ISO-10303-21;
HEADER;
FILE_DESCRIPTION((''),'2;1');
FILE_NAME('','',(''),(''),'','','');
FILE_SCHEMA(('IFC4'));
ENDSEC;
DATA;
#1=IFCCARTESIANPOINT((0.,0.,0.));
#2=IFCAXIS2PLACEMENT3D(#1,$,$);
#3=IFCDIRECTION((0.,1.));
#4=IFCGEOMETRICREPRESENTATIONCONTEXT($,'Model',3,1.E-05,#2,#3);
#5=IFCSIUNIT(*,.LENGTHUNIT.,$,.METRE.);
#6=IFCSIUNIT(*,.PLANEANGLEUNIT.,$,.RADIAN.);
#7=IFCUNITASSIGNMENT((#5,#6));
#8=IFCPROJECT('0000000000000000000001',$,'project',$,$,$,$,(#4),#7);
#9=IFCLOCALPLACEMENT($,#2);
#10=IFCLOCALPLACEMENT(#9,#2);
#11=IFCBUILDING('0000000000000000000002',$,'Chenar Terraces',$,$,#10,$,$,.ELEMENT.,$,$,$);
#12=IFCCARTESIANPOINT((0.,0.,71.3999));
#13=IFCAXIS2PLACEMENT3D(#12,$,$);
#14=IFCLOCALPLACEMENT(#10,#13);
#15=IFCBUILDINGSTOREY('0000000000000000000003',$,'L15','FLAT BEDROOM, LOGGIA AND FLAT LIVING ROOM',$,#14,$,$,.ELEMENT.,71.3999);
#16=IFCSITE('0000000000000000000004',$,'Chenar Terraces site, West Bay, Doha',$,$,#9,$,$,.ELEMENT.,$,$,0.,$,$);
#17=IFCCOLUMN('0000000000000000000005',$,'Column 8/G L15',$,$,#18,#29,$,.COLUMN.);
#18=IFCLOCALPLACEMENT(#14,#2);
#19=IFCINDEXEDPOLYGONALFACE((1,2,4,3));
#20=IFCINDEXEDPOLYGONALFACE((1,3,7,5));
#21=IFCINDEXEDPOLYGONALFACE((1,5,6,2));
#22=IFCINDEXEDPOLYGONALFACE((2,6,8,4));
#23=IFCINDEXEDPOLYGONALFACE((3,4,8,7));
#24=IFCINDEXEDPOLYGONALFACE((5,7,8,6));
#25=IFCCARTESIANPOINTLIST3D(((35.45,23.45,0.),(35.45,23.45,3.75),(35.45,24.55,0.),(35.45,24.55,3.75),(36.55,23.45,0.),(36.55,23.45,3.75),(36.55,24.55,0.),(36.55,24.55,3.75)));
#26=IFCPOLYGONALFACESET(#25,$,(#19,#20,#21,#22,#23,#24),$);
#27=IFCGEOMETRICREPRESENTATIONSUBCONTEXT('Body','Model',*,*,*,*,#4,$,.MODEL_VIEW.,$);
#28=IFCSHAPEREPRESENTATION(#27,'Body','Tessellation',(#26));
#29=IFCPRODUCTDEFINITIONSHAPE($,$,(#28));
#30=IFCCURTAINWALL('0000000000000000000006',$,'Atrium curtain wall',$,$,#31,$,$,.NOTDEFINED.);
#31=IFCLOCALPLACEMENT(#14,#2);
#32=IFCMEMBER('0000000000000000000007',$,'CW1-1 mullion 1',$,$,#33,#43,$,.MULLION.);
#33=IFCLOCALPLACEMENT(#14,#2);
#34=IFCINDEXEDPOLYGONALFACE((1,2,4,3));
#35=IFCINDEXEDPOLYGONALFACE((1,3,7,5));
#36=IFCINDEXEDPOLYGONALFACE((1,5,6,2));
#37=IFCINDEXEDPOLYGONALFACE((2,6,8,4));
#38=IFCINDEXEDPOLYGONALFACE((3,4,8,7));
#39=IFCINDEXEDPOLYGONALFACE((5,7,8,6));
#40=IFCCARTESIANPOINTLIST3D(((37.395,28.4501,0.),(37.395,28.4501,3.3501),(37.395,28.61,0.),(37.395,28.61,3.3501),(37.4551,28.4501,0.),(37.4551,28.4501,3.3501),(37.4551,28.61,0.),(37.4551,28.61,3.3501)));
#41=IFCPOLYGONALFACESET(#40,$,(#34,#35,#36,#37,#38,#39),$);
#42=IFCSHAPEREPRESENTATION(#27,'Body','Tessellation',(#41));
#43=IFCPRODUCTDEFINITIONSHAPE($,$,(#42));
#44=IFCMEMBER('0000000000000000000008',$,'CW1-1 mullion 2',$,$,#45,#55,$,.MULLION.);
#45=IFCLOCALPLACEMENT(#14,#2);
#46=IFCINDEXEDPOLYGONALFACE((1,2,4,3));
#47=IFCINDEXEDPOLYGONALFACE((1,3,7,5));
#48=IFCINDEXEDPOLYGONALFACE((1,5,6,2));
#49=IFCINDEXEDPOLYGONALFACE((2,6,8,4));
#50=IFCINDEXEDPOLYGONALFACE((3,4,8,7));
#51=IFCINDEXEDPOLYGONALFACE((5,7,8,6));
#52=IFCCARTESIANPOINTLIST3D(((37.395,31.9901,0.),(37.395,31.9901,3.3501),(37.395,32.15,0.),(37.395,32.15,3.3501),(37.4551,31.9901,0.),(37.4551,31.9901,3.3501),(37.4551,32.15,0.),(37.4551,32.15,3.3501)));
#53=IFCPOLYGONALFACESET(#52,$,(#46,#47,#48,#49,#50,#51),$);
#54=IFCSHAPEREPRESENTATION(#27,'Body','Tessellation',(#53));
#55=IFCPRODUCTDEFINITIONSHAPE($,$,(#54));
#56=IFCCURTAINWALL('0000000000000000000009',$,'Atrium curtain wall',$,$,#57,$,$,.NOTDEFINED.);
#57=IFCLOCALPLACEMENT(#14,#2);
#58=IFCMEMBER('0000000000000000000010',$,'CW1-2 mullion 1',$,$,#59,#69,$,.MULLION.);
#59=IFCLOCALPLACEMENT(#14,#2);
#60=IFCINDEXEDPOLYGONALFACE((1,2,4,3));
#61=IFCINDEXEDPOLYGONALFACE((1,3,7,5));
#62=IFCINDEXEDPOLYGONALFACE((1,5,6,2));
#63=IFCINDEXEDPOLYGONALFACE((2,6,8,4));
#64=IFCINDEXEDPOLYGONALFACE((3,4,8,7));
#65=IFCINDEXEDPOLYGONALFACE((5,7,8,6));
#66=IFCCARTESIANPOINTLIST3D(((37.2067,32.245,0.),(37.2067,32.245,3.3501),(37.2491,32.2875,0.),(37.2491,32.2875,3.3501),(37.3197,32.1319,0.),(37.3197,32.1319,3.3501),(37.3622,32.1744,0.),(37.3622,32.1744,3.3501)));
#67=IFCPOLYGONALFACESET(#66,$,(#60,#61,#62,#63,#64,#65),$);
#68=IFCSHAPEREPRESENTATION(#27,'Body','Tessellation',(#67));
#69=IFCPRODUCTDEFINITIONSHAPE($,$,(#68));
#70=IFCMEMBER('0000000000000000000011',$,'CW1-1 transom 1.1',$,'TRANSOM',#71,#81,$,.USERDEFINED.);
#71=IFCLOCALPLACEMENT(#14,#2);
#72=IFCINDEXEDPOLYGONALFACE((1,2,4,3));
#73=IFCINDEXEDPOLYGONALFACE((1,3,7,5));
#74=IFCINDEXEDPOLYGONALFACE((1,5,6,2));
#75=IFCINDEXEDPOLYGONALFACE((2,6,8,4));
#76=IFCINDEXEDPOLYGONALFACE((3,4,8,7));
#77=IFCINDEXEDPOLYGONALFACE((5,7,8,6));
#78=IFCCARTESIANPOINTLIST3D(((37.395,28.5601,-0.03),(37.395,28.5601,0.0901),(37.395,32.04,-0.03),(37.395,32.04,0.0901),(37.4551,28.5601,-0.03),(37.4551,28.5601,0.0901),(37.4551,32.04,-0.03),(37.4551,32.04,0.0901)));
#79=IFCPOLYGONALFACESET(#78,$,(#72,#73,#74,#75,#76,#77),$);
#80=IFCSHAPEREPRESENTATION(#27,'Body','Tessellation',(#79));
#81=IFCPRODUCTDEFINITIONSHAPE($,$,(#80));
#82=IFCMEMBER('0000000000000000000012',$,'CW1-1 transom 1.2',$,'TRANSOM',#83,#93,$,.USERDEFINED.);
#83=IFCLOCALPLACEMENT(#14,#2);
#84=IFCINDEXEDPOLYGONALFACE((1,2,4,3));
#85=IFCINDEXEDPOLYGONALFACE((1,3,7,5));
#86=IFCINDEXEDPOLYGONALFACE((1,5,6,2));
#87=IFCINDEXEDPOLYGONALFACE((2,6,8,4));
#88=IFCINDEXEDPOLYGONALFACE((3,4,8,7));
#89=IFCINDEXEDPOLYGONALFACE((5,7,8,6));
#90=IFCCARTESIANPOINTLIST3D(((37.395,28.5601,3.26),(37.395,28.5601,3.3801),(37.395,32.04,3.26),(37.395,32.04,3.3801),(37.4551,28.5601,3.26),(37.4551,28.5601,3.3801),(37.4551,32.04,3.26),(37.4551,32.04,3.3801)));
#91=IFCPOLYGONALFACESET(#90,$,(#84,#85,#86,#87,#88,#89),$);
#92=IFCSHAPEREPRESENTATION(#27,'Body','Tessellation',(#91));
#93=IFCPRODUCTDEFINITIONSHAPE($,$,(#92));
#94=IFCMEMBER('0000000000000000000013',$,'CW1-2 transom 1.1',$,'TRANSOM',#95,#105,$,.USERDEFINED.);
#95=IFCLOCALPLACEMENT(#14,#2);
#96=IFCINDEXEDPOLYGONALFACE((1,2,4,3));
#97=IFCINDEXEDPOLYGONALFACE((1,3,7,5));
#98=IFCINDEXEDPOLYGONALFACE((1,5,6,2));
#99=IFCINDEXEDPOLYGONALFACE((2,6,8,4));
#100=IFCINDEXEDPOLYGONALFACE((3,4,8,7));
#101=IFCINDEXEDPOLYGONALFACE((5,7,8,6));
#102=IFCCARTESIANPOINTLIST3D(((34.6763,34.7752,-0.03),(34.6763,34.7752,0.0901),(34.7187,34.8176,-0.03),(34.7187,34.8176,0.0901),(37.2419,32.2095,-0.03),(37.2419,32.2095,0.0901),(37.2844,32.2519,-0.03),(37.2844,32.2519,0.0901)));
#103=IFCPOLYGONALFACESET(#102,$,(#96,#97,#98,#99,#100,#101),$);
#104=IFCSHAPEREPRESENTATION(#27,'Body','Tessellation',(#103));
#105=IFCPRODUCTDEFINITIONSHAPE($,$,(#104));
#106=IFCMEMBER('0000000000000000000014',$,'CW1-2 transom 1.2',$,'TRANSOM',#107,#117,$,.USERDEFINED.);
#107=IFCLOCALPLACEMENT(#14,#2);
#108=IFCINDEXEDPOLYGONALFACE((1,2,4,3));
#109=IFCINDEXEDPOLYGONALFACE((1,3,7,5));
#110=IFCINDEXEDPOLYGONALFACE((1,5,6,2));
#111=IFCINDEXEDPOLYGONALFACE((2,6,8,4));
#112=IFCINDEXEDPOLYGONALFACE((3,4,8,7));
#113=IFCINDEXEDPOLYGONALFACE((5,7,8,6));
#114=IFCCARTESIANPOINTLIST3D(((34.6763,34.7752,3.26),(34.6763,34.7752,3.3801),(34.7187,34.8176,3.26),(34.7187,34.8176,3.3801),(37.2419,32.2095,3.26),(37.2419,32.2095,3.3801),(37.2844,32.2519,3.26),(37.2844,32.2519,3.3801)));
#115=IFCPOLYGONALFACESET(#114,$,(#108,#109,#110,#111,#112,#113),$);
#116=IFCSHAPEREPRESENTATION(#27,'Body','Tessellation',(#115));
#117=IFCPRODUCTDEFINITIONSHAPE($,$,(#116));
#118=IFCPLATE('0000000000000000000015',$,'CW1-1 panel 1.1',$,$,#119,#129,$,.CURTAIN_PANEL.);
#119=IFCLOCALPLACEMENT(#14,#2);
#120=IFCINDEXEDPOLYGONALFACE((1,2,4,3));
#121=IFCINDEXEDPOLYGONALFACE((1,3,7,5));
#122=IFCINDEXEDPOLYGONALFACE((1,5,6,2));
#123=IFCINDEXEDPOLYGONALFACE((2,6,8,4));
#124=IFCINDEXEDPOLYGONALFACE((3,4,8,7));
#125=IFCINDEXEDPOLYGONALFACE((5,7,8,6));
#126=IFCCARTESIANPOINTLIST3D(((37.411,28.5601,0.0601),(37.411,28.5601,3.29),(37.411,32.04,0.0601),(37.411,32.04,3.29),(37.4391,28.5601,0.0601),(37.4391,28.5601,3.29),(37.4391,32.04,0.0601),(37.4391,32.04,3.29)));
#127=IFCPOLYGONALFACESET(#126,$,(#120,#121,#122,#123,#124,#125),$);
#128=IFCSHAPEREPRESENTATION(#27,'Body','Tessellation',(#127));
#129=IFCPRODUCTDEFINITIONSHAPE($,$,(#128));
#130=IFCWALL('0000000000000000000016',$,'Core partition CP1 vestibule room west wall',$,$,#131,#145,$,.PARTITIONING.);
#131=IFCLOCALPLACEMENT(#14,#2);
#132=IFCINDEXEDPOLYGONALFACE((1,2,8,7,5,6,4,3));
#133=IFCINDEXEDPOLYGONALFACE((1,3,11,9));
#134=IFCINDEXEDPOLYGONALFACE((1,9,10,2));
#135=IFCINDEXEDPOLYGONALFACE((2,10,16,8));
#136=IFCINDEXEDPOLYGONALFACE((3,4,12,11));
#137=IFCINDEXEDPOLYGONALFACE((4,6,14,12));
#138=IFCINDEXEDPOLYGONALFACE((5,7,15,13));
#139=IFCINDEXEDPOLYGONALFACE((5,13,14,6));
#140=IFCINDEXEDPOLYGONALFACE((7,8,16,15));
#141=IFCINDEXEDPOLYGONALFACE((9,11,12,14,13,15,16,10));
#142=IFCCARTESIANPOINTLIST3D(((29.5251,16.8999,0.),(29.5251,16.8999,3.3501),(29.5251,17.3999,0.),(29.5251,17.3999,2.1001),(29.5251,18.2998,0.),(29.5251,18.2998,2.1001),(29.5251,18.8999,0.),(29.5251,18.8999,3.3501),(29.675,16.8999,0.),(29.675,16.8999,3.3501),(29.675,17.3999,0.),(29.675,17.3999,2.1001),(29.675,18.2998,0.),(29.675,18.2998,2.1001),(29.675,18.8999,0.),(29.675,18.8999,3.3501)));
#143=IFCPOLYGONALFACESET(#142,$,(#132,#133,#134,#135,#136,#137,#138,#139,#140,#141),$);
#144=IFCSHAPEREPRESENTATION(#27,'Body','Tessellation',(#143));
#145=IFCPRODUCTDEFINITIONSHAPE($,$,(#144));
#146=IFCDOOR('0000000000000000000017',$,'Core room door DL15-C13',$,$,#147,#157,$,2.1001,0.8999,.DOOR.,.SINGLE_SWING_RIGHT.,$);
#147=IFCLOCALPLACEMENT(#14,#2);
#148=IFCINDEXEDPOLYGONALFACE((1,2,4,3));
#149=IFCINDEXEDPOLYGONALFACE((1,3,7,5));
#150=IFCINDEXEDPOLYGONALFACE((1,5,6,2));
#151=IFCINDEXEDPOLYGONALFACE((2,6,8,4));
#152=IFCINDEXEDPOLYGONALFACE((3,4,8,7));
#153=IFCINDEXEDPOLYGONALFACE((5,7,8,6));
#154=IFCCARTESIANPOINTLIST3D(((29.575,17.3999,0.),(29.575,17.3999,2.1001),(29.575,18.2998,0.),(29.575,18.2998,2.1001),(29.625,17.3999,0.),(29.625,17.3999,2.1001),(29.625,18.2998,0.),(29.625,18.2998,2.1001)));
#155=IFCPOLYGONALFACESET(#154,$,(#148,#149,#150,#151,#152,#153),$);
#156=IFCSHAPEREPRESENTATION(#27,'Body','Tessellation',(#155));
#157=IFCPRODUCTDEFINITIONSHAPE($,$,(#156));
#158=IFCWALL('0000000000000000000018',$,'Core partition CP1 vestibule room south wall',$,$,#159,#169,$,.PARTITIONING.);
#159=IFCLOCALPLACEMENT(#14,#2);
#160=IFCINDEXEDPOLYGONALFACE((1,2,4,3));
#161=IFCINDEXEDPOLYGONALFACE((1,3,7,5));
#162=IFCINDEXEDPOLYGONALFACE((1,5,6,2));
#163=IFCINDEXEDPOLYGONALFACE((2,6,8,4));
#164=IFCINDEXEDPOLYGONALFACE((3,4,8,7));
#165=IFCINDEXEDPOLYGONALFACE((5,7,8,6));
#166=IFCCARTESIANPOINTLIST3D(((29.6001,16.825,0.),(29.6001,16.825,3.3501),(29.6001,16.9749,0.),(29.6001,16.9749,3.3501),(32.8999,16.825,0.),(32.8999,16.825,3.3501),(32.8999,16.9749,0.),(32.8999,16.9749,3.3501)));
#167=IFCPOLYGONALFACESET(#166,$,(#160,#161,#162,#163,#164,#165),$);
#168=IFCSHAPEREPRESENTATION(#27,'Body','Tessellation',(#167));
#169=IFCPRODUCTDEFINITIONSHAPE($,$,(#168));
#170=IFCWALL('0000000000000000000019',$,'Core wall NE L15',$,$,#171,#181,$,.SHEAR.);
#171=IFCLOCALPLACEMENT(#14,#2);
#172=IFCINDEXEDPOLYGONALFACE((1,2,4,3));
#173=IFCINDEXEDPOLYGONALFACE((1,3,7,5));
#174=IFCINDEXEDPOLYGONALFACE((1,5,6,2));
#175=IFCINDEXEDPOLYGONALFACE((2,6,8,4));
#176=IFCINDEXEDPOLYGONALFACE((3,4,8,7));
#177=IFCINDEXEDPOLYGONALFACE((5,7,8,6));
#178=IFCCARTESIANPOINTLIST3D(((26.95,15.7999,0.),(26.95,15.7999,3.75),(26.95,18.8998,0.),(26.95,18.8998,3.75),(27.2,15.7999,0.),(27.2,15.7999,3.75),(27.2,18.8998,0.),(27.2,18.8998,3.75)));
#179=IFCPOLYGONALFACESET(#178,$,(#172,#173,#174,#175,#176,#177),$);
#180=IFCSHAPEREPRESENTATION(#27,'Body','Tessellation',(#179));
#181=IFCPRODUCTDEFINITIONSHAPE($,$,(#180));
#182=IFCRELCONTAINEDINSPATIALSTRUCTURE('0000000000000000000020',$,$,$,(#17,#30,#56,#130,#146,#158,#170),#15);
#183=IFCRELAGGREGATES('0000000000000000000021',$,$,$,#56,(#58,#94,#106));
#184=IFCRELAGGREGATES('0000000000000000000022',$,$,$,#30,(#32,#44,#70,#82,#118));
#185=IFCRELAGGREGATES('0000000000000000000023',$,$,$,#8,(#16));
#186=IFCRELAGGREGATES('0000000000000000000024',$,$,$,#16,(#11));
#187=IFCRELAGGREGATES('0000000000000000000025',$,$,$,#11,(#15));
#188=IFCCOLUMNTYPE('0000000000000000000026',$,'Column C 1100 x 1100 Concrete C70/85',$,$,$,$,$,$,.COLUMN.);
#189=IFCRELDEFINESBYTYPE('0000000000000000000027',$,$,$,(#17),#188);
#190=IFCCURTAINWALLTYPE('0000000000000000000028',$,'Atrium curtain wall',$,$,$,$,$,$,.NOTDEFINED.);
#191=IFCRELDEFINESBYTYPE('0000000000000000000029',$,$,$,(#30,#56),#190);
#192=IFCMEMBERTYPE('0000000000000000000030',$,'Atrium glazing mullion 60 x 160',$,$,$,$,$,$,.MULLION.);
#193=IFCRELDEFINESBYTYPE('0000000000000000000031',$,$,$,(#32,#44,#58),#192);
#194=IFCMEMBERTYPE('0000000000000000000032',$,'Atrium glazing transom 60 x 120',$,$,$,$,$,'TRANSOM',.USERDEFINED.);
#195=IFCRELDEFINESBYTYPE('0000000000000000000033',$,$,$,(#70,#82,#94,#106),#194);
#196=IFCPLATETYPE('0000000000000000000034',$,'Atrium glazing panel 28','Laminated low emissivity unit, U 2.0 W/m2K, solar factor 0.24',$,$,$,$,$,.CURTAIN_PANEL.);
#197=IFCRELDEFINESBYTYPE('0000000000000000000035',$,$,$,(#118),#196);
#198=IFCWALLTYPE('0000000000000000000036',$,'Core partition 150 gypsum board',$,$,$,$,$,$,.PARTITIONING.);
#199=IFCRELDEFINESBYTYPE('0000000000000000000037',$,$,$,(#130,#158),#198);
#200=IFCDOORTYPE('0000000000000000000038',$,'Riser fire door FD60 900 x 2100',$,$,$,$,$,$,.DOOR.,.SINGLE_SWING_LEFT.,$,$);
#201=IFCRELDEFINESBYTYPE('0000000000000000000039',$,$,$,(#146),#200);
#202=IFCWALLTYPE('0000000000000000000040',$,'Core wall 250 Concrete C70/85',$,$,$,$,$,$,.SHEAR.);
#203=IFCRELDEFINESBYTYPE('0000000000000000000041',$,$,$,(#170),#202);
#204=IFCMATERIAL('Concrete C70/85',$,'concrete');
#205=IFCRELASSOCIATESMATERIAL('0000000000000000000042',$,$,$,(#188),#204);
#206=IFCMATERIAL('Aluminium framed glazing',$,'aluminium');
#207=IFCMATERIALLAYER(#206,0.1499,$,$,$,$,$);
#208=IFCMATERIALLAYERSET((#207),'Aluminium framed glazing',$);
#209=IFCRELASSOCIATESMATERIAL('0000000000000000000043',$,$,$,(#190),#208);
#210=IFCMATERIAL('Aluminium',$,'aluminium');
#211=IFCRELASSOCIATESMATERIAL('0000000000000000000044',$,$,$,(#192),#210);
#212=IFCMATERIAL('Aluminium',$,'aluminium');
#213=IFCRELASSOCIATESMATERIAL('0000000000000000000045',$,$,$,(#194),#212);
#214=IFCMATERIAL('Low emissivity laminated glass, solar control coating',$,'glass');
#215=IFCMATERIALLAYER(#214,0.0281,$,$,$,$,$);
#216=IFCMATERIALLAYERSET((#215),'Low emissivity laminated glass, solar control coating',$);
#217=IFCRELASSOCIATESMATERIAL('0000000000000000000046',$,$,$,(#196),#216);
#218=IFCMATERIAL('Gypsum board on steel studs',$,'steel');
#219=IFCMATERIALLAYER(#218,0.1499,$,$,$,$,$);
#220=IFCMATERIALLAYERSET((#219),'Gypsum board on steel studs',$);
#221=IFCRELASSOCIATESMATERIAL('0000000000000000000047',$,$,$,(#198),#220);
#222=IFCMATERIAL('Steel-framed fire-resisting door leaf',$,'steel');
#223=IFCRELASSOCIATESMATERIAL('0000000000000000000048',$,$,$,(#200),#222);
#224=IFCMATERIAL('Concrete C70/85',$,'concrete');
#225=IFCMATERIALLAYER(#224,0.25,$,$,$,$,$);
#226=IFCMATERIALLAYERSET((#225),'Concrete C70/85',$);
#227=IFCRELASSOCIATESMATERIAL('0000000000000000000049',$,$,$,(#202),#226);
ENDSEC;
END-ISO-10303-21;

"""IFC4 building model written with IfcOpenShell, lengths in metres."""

from ifc_helpers import new_model, si_unit, direction, frame, frame_2d, origin, origin_2d, place, context, subcontext, project, spatial, rectangle, extrude, material, layer, layer_set, material_profile, profile_set, type_object, element, fill, aggregate, save


model = new_model("IFC4")

# Units and contexts
model_context = context("Model", 3, precision=1e-05, world=origin(), true_north=direction((0.0, 1.0)))
body_context = subcontext(model_context, "Body", "Model", "MODEL_VIEW")
ifc_project = project(units=[si_unit("LENGTHUNIT", "METRE"), si_unit("PLANEANGLEUNIT", "RADIAN")], contexts=[model_context])

# Site, building, storey
site_placement = place(None, origin())
site = spatial("IfcSite", under=ifc_project, at=site_placement, Name="Chenar Terraces site, West Bay, Doha", CompositionType="ELEMENT", RefElevation=0.0)
building_placement = place(site_placement, origin())
building = spatial("IfcBuilding", under=site, at=building_placement, Name="Chenar Terraces", CompositionType="ELEMENT")
storey_placement = place(building_placement, frame((0.0, 0.0, 71.3999)))
storey = spatial("IfcBuildingStorey", under=building, at=storey_placement, Name="L15", Description="FLAT BEDROOM, LOGGIA AND FLAT LIVING ROOM", CompositionType="ELEMENT", Elevation=71.3999)

# Column
ifc_material_1 = material(Name="Concrete C70/85", Category="concrete")
ifc_material_profile_1 = material_profile(ifc_material_1, rectangle(XDim=1.1001, YDim=1.1001, at=origin_2d()), Name="C 1100 x 1100")
ifc_profile_set_1 = profile_set([ifc_material_profile_1], Name="Concrete C70/85")
column_type = type_object("IfcColumnType", Name="Column C 1100 x 1100 Concrete C70/85", PredefinedType="COLUMN", material=ifc_profile_set_1)
column_placement = place(storey_placement, frame((36.0, 24.0, 0.0), z_axis=(0.0, 0.0, 1.0), x_axis=(1.0, 0.0, 0.0)))
element("IfcColumn", 1, at=column_placement, inside=storey, type_object=column_type, Name="Column 8/G L15", PredefinedType="COLUMN", context=body_context, shape_type="SweptSolid", body=[
    extrude(rectangle(XDim=1.1001, YDim=1.1001, at=origin_2d()), origin(), (0.0, 0.0, 1.0), 3.75),
])

# Curtain wall, members
ifc_material_2 = material(Name="Aluminium framed glazing", Category="aluminium")
ifc_layer_1 = layer(ifc_material_2, 0.1499)
ifc_layer_set_1 = layer_set([ifc_layer_1], Name="Aluminium framed glazing")
curtain_wall_type = type_object("IfcCurtainWallType", Name="Atrium curtain wall", PredefinedType="NOTDEFINED", material=ifc_layer_set_1)
placement = place(storey_placement, origin())
curtain_wall_1 = element("IfcCurtainWall", 2, at=placement, inside=storey, type_object=curtain_wall_type, Name="Atrium curtain wall", PredefinedType="NOTDEFINED")
ifc_material_3 = material(Name="Aluminium", Category="aluminium")
ifc_material_profile_2 = material_profile(ifc_material_3, rectangle(XDim=0.0601, YDim=0.1599, at=origin_2d()), Name="Atrium glazing mullion 60 x 160")
ifc_profile_set_2 = profile_set([ifc_material_profile_2], Name="Aluminium")
member_type_1 = type_object("IfcMemberType", Name="Atrium glazing mullion 60 x 160", PredefinedType="MULLION", material=ifc_profile_set_2)
member_1_placement = place(storey_placement, frame((37.425, 28.53, 0.0), z_axis=(0.0, 0.0, 1.0), x_axis=(-1.0, 0.0, 0.0)))
member_1 = element("IfcMember", 3, at=member_1_placement, type_object=member_type_1, Name="CW1-1 mullion 1", PredefinedType="MULLION", context=body_context, shape_type="SweptSolid", body=[
    extrude(rectangle(XDim=0.0601, YDim=0.1599, at=origin_2d()), origin(), (0.0, 0.0, 1.0), 3.3501),
])
member_2_placement = place(storey_placement, frame((37.425, 32.0701, 0.0), z_axis=(0.0, 0.0, 1.0), x_axis=(-1.0, 0.0, 0.0)))
member_2 = element("IfcMember", 4, at=member_2_placement, type_object=member_type_1, Name="CW1-1 mullion 2", PredefinedType="MULLION", context=body_context, shape_type="SweptSolid", body=[
    extrude(rectangle(XDim=0.0601, YDim=0.1599, at=origin_2d()), origin(), (0.0, 0.0, 1.0), 3.3501),
])

# Curtain wall, member
curtain_wall_2 = element("IfcCurtainWall", 5, at=placement, inside=storey, type_object=curtain_wall_type, Name="Atrium curtain wall", PredefinedType="NOTDEFINED")
member_3_placement = place(storey_placement, frame((37.2844, 32.2097, 0.0), z_axis=(0.0, 0.0, 1.0), x_axis=(-0.707107, -0.707107, 0.0)))
member_3 = element("IfcMember", 6, at=member_3_placement, type_object=member_type_1, Name="CW1-2 mullion 1", PredefinedType="MULLION", context=body_context, shape_type="SweptSolid", body=[
    extrude(rectangle(XDim=0.0601, YDim=0.1599, at=origin_2d()), origin(), (0.0, 0.0, 1.0), 3.3501),
])

# Members
ifc_material_4 = material(Name="Aluminium", Category="aluminium")
ifc_material_profile_3 = material_profile(ifc_material_4, rectangle(XDim=0.0601, YDim=0.1201, at=origin_2d()), Name="Atrium glazing transom 60 x 120")
ifc_profile_set_3 = profile_set([ifc_material_profile_3], Name="Aluminium")
member_type_2 = type_object("IfcMemberType", Name="Atrium glazing transom 60 x 120", ElementType="TRANSOM", PredefinedType="USERDEFINED", material=ifc_profile_set_3)
member_4_placement = place(storey_placement, frame((37.425, 28.5601, 0.03), z_axis=(0.0, 1.0, 0.0), x_axis=(-1.0, 0.0, 0.0)))
member_4 = element("IfcMember", 7, at=member_4_placement, type_object=member_type_2, Name="CW1-1 transom 1.1", ObjectType="TRANSOM", PredefinedType="USERDEFINED", context=body_context, shape_type="SweptSolid", body=[
    extrude(rectangle(XDim=0.0601, YDim=0.1201, at=origin_2d()), origin(), (0.0, 0.0, 1.0), 3.48),
])
member_5_placement = place(storey_placement, frame((37.425, 28.5601, 3.3201), z_axis=(0.0, 1.0, 0.0), x_axis=(-1.0, 0.0, 0.0)))
member_5 = element("IfcMember", 8, at=member_5_placement, type_object=member_type_2, Name="CW1-1 transom 1.2", ObjectType="TRANSOM", PredefinedType="USERDEFINED", context=body_context, shape_type="SweptSolid", body=[
    extrude(rectangle(XDim=0.0601, YDim=0.1201, at=origin_2d()), origin(), (0.0, 0.0, 1.0), 3.48),
])
member_6_placement = place(storey_placement, frame((37.2632, 32.2307, 0.03), z_axis=(-0.707107, 0.707107, 0.0), x_axis=(-0.707107, -0.707107, 0.0)))
member_6 = element("IfcMember", 9, at=member_6_placement, type_object=member_type_2, Name="CW1-2 transom 1.1", ObjectType="TRANSOM", PredefinedType="USERDEFINED", context=body_context, shape_type="SweptSolid", body=[
    extrude(rectangle(XDim=0.0601, YDim=0.1201, at=origin_2d()), origin(), (0.0, 0.0, 1.0), 3.6284),
])
member_7_placement = place(storey_placement, frame((37.2632, 32.2307, 3.3201), z_axis=(-0.707107, 0.707107, 0.0), x_axis=(-0.707107, -0.707107, 0.0)))
member_7 = element("IfcMember", 10, at=member_7_placement, type_object=member_type_2, Name="CW1-2 transom 1.2", ObjectType="TRANSOM", PredefinedType="USERDEFINED", context=body_context, shape_type="SweptSolid", body=[
    extrude(rectangle(XDim=0.0601, YDim=0.1201, at=origin_2d()), origin(), (0.0, 0.0, 1.0), 3.6284),
])
aggregate(curtain_wall_2, [member_3, member_6, member_7])

# Plate
ifc_material_5 = material(Name="Low emissivity laminated glass, solar control coating", Category="glass")
ifc_layer_2 = layer(ifc_material_5, 0.0281)
ifc_layer_set_2 = layer_set([ifc_layer_2], Name="Low emissivity laminated glass, solar control coating")
plate_type = type_object("IfcPlateType", Name="Atrium glazing panel 28", Description="Laminated low emissivity unit, U 2.0 W/m2K, solar factor 0.24", PredefinedType="CURTAIN_PANEL", material=ifc_layer_set_2)
plate_placement = place(storey_placement, frame((37.425, 30.3, 0.0601), z_axis=(0.0, 0.0, 1.0), x_axis=(0.0, 1.0, 0.0)))
plate = element("IfcPlate", 11, at=plate_placement, type_object=plate_type, Name="CW1-1 panel 1.1", PredefinedType="CURTAIN_PANEL", context=body_context, shape_type="SweptSolid", body=[
    extrude(rectangle(XDim=3.48, YDim=0.0281, at=origin_2d()), origin(), (0.0, 0.0, 1.0), 3.23),
])
aggregate(curtain_wall_1, [member_1, member_2, member_4, member_5, plate])

# Wall, opening, door
ifc_material_6 = material(Name="Gypsum board on steel studs", Category="steel")
ifc_layer_3 = layer(ifc_material_6, 0.1499)
ifc_layer_set_3 = layer_set([ifc_layer_3], Name="Gypsum board on steel studs")
wall_type_1 = type_object("IfcWallType", Name="Core partition 150 gypsum board", PredefinedType="PARTITIONING", material=ifc_layer_set_3)
wall_1_placement = place(storey_placement, frame((29.6001, 16.8999, 0.0), z_axis=(0.0, 0.0, 1.0), x_axis=(0.0, 1.0, 0.0)))
wall_1 = element("IfcWall", 12, at=wall_1_placement, inside=storey, type_object=wall_type_1, Name="Core partition CP1 vestibule room west wall", PredefinedType="PARTITIONING", context=body_context, shape_type="SweptSolid", body=[
    extrude(rectangle(XDim=2.0, YDim=0.1499, at=frame_2d((1.0, 0.0))), origin(), (0.0, 0.0, 1.0), 3.3501),
])
opening_1_placement = place(wall_1_placement, frame((0.5, 0.0, 0.0)))
opening_1 = element("IfcOpeningElement", 13, at=opening_1_placement, cuts=wall_1, PredefinedType="OPENING", context=body_context, shape_type="SweptSolid", body=[
    extrude(rectangle(XDim=0.8999, YDim=2.1001, at=frame_2d((0.45, 1.05))), frame((0.0, 0.085, 0.0), z_axis=(0.0, -1.0, 0.0), x_axis=(1.0, 0.0, 0.0)), (0.0, 0.0, 1.0), 0.1699),
])
ifc_material_7 = material(Name="Steel-framed fire-resisting door leaf", Category="steel")
door_type = type_object("IfcDoorType", Name="Riser fire door FD60 900 x 2100", OperationType="SINGLE_SWING_LEFT", PredefinedType="DOOR", material=ifc_material_7)
door_placement = place(opening_1_placement, frame((0.8999, 0.0, 0.0), z_axis=(0.0, 0.0, 1.0), x_axis=(-1.0, 0.0, 0.0)))
door = element("IfcDoor", 14, at=door_placement, inside=storey, type_object=door_type, Name="Core room door DL15-C13", OperationType="SINGLE_SWING_RIGHT", OverallHeight=2.1001, OverallWidth=0.8999, PredefinedType="DOOR", context=body_context, shape_type="SweptSolid", body=[
    extrude(rectangle(XDim=0.8999, YDim=2.1001, at=frame_2d((0.45, 1.05))), frame((0.0, 0.0249, 0.0), z_axis=(0.0, -1.0, 0.0), x_axis=(1.0, 0.0, 0.0)), (0.0, 0.0, 1.0), 0.05),
])
fill(opening_1, door)

# Walls
wall_2_placement = place(storey_placement, frame((29.6001, 16.8999, 0.0), z_axis=(0.0, 0.0, 1.0), x_axis=(1.0, 0.0, 0.0)))
element("IfcWall", 15, at=wall_2_placement, inside=storey, type_object=wall_type_1, Name="Core partition CP1 vestibule room south wall", PredefinedType="PARTITIONING", context=body_context, shape_type="SweptSolid", body=[
    extrude(rectangle(XDim=3.2998, YDim=0.1499, at=frame_2d((1.6499, 0.0))), origin(), (0.0, 0.0, 1.0), 3.3501),
])
ifc_material_8 = material(Name="Concrete C70/85", Category="concrete")
ifc_layer_4 = layer(ifc_material_8, 0.25)
ifc_layer_set_4 = layer_set([ifc_layer_4], Name="Concrete C70/85")
wall_type_2 = type_object("IfcWallType", Name="Core wall 250 Concrete C70/85", PredefinedType="SHEAR", material=ifc_layer_set_4)
wall_3_placement = place(storey_placement, frame((27.075, 15.8, 0.0), z_axis=(0.0, 0.0, 1.0), x_axis=(0.0, 1.0, 0.0)))
element("IfcWall", 16, at=wall_3_placement, inside=storey, type_object=wall_type_2, Name="Core wall NE L15", PredefinedType="SHEAR", context=body_context, shape_type="SweptSolid", body=[
    extrude(rectangle(XDim=3.0999, YDim=0.25, at=frame_2d((1.5498, 0.0))), origin(), (0.0, 0.0, 1.0), 3.75),
])

save(model, "model.ifc")
